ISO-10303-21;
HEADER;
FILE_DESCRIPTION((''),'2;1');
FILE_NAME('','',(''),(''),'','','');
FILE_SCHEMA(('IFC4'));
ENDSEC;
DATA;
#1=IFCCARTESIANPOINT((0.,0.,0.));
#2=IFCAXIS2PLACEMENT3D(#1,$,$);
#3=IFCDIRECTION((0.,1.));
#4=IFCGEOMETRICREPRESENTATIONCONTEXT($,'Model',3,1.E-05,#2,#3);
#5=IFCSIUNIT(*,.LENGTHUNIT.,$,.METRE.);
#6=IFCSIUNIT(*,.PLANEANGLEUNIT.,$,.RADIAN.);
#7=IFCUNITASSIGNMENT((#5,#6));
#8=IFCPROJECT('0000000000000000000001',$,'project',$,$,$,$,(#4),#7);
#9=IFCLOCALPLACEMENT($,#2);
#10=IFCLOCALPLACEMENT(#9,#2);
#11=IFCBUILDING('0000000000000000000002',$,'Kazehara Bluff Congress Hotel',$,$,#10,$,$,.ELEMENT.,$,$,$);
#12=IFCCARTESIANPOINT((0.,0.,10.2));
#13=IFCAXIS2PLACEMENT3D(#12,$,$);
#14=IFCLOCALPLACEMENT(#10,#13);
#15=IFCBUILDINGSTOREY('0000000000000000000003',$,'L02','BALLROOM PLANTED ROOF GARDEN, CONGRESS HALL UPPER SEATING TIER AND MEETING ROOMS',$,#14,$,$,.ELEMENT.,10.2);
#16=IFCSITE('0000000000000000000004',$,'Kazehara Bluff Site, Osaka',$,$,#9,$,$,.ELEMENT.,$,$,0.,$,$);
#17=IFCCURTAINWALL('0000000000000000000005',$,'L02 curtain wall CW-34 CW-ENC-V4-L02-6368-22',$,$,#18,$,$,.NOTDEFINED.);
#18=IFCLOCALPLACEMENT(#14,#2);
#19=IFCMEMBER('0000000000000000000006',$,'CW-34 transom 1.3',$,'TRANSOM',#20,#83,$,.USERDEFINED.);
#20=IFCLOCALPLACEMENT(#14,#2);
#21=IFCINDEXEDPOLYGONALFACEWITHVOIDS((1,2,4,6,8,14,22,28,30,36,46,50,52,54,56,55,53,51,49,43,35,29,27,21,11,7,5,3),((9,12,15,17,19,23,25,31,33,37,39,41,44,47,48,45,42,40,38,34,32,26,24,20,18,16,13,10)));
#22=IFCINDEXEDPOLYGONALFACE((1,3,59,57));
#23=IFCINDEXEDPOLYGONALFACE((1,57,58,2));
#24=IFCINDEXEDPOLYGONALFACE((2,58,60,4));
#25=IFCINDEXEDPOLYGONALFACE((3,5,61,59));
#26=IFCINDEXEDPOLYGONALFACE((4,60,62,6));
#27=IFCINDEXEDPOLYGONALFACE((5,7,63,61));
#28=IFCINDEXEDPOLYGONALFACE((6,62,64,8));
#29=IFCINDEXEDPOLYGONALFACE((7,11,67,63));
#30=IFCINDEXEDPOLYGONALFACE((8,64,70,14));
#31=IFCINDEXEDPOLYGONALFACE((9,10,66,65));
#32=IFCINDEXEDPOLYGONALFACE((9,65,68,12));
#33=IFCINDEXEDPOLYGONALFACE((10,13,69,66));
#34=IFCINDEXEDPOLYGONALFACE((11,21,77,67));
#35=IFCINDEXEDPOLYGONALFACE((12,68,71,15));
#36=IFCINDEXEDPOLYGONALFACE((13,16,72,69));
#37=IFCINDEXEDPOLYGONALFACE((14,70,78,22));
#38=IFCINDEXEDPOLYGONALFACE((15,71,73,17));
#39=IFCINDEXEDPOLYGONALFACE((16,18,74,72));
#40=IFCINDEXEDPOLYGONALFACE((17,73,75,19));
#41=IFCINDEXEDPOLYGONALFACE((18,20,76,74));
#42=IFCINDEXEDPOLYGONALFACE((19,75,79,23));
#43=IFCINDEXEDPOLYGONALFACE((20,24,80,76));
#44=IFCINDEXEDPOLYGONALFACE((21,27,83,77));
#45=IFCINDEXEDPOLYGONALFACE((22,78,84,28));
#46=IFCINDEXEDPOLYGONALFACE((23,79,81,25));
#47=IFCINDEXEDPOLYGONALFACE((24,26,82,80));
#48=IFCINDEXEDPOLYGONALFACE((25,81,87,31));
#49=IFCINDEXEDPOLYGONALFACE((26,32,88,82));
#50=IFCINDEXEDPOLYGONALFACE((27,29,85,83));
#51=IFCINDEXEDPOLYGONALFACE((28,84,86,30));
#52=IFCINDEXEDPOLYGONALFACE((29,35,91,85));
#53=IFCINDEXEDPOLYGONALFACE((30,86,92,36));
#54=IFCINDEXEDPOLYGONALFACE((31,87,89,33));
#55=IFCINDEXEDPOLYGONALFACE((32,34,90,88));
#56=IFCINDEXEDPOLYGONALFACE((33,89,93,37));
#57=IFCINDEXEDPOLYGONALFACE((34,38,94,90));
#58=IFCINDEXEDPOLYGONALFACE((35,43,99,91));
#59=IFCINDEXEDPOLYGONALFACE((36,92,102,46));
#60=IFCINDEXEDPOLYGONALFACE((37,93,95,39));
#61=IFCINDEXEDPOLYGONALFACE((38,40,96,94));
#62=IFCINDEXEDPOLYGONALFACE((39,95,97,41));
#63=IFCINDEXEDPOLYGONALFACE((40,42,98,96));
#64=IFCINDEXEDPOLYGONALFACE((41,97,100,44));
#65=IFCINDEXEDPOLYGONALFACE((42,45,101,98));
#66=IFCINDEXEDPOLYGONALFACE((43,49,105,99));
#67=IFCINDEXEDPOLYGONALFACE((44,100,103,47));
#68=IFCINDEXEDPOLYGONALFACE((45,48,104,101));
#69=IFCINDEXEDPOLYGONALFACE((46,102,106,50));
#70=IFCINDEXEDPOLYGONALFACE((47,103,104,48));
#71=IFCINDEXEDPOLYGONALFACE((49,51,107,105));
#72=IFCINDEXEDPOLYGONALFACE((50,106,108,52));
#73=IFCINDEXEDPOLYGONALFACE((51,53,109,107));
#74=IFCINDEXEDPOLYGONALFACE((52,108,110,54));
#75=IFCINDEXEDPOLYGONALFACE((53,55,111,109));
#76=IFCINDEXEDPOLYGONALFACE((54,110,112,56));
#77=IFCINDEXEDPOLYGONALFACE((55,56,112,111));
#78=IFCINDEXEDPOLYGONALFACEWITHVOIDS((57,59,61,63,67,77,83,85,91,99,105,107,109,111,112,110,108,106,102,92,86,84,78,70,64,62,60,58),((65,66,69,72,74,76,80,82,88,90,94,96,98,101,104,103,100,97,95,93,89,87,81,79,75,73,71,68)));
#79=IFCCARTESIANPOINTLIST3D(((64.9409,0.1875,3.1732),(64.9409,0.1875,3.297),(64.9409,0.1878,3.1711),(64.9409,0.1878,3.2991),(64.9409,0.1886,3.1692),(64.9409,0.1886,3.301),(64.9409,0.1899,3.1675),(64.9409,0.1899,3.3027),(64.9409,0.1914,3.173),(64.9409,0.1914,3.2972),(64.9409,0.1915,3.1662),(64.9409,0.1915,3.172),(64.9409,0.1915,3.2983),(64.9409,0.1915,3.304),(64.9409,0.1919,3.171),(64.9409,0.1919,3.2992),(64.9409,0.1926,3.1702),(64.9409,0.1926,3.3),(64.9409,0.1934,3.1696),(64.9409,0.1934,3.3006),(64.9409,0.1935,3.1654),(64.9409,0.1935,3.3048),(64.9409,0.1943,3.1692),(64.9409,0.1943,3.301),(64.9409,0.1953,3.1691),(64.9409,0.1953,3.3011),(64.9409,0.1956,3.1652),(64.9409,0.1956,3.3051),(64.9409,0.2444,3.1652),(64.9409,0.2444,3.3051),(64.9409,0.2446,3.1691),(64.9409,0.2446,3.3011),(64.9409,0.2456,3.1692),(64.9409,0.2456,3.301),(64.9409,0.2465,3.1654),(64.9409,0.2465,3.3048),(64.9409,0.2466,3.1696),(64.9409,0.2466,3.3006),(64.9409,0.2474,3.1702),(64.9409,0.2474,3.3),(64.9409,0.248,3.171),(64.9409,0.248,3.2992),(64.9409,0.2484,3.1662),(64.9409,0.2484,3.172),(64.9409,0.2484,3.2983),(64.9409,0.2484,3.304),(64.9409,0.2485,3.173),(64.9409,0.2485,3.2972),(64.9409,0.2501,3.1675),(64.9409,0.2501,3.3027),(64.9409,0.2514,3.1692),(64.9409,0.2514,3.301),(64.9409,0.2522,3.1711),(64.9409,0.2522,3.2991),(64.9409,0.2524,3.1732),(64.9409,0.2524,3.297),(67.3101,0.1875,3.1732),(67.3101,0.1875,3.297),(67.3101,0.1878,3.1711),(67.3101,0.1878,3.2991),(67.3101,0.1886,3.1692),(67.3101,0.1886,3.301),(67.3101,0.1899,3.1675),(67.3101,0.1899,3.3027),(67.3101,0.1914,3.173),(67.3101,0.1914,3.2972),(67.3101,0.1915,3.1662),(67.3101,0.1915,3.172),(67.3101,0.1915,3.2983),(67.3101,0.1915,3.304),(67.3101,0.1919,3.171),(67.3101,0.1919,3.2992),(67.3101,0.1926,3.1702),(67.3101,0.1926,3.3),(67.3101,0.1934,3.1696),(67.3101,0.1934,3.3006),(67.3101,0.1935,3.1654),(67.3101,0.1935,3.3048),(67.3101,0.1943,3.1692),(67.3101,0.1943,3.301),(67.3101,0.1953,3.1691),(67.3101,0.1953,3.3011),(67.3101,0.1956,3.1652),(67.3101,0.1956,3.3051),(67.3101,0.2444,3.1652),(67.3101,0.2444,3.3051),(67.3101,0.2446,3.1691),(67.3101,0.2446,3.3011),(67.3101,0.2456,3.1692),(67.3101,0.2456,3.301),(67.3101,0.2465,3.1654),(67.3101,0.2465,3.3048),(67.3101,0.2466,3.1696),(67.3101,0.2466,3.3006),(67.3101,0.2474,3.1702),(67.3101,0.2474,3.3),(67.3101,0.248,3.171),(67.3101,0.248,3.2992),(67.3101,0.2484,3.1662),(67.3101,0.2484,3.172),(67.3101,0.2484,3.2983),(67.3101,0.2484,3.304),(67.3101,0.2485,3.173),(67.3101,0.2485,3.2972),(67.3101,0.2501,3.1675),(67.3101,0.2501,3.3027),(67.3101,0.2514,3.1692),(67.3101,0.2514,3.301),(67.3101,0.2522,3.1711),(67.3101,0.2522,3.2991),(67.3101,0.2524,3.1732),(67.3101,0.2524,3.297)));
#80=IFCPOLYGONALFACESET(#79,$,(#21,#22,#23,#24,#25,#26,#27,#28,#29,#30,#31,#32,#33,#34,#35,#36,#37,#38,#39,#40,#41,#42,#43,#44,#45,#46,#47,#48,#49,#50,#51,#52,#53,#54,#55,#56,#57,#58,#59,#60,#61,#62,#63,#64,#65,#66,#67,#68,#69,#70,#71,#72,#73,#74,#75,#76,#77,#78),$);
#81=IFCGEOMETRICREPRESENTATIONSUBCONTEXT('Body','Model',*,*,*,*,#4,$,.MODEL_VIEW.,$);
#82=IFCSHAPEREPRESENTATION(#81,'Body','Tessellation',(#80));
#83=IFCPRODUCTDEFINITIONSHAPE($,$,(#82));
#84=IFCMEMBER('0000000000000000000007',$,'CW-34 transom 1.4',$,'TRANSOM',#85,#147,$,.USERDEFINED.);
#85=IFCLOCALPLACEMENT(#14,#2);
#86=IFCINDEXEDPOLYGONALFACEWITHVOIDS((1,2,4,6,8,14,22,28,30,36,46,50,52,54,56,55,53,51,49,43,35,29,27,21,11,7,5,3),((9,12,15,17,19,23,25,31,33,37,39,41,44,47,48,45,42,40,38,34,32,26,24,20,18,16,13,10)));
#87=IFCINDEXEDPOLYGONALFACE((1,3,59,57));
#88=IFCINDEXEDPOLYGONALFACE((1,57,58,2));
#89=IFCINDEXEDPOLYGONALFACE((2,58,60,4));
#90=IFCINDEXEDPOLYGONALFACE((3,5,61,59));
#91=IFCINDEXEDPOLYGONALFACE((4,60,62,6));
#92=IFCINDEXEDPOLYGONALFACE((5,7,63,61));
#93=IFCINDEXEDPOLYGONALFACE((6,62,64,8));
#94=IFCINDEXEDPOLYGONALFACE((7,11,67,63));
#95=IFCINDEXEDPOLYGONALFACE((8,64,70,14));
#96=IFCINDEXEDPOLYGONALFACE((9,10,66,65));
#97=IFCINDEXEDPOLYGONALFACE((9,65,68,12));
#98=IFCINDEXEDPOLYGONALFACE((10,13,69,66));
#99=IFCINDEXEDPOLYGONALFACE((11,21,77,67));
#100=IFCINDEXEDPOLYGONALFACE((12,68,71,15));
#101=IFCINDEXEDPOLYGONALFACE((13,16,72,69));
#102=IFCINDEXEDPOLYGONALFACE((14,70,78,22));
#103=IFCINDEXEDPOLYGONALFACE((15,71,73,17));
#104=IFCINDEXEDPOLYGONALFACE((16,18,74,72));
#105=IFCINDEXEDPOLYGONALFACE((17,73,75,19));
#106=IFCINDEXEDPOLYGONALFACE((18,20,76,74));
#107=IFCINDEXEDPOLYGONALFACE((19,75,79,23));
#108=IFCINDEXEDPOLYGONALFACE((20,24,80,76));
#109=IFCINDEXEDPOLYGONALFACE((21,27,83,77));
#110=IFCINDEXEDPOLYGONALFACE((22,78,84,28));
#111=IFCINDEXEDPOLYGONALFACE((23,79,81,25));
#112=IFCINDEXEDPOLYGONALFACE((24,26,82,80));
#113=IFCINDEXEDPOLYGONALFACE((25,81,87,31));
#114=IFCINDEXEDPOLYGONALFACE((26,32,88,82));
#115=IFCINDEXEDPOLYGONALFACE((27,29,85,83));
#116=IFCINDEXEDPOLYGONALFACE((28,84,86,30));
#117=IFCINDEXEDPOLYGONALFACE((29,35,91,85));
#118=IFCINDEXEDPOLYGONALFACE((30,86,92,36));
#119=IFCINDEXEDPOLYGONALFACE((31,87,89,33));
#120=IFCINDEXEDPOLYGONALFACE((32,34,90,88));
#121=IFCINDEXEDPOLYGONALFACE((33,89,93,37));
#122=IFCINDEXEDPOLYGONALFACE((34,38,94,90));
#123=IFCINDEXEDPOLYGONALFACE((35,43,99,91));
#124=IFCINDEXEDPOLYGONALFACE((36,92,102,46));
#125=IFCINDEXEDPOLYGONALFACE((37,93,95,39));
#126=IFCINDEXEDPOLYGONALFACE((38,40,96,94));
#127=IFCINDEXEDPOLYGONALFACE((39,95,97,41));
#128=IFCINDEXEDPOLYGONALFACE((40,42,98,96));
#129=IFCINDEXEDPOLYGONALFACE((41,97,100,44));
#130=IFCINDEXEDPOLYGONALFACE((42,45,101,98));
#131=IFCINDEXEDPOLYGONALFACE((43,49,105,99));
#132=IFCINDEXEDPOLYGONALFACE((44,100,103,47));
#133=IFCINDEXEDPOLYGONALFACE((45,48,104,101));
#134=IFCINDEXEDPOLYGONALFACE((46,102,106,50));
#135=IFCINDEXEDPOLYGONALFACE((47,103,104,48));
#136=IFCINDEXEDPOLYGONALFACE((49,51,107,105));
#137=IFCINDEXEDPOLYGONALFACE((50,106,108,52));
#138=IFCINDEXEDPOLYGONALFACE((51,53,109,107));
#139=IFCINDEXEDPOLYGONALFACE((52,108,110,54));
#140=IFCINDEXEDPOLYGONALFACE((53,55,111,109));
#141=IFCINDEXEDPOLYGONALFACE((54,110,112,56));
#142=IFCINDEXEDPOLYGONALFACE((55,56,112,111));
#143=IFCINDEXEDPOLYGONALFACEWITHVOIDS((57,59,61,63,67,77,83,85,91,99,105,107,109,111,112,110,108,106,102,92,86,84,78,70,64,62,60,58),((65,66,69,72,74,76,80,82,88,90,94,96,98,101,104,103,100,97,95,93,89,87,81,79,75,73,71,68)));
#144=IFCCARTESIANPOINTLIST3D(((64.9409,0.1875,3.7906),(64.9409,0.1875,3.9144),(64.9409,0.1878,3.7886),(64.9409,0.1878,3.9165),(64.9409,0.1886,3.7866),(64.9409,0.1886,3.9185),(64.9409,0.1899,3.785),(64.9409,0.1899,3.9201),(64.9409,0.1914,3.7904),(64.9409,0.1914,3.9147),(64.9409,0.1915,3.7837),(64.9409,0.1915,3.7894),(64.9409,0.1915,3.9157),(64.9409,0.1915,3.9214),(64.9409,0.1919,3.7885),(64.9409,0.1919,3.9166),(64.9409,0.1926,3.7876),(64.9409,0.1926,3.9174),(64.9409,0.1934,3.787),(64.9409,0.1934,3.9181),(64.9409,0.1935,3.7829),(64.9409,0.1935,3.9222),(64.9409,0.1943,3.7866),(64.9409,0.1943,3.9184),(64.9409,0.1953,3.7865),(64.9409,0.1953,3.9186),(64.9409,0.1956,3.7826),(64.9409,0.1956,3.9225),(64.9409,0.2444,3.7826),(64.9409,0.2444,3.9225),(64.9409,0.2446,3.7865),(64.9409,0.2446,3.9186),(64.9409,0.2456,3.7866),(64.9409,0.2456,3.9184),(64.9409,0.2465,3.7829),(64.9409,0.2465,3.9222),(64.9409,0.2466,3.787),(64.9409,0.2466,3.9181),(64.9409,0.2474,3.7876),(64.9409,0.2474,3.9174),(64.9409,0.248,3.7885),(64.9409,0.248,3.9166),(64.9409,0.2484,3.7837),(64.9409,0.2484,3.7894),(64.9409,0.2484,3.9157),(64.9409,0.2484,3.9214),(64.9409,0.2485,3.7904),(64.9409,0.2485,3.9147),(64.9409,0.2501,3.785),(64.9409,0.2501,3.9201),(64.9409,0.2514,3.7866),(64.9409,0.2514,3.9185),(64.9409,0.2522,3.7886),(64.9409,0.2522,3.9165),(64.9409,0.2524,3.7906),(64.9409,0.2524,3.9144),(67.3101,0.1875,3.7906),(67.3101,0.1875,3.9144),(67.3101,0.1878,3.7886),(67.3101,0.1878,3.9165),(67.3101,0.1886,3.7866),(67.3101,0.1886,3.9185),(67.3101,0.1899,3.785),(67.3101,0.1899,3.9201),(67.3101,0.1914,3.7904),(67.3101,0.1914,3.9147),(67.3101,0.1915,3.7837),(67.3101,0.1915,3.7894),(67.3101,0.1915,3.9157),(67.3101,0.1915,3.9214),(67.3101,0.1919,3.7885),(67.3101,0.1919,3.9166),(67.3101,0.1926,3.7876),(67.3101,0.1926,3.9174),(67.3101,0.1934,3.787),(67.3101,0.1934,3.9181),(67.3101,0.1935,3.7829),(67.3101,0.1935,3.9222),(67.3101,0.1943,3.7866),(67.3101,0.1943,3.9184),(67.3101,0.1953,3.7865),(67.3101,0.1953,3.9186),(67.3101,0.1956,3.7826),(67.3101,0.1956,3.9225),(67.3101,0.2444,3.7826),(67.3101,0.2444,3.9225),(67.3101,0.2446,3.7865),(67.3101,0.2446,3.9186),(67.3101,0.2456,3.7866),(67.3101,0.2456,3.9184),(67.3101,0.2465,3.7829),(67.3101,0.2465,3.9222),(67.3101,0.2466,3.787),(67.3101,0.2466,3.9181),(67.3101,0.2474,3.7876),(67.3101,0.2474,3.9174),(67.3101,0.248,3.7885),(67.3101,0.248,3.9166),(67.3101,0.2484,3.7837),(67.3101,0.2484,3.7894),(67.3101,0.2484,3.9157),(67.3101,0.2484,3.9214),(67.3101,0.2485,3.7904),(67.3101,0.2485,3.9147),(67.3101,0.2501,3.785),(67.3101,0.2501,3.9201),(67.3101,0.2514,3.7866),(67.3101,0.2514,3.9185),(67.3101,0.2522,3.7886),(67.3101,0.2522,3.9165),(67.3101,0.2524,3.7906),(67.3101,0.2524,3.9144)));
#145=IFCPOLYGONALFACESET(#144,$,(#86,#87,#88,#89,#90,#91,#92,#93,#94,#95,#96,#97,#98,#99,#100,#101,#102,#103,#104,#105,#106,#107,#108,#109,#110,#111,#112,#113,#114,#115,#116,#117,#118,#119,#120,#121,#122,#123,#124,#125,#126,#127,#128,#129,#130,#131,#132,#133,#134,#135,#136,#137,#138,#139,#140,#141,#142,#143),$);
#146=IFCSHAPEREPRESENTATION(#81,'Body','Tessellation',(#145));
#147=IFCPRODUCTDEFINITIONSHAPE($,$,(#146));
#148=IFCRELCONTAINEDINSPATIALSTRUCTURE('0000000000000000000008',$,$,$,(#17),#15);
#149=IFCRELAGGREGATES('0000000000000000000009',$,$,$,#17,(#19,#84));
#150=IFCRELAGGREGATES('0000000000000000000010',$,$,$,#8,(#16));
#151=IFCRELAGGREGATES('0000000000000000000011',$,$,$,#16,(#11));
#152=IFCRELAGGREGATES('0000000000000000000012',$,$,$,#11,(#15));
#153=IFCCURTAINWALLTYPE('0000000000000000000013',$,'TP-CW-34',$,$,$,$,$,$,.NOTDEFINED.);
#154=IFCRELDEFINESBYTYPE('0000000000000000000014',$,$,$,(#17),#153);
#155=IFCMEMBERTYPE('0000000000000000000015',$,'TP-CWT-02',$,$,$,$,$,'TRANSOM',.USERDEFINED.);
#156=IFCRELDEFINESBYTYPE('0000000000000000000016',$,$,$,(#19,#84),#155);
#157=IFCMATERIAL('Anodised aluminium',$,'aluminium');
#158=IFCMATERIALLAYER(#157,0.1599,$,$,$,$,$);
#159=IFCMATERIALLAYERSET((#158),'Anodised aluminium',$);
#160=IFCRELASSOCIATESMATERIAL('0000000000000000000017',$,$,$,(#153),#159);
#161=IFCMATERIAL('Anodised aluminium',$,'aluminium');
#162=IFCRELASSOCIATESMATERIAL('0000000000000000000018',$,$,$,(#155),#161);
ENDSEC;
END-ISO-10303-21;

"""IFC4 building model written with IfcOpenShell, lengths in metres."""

from ifc_helpers import new_model, si_unit, direction, frame, origin, origin_2d, place, context, subcontext, project, spatial, hollow_rectangle, extrude, material, layer, layer_set, material_profile, profile_set, type_object, element, aggregate, save


model = new_model("IFC4")

# Units and contexts
model_context = context("Model", 3, precision=1e-05, world=origin(), true_north=direction((0.0, 1.0)))
body_context = subcontext(model_context, "Body", "Model", "MODEL_VIEW")
ifc_project = project(units=[si_unit("LENGTHUNIT", "METRE"), si_unit("PLANEANGLEUNIT", "RADIAN")], contexts=[model_context])

# Site, building, storey
site_placement = place(None, origin())
site = spatial("IfcSite", under=ifc_project, at=site_placement, Name="Kazehara Bluff Site, Osaka", CompositionType="ELEMENT", RefElevation=0.0)
building_placement = place(site_placement, origin())
building = spatial("IfcBuilding", under=site, at=building_placement, Name="Kazehara Bluff Congress Hotel", CompositionType="ELEMENT")
storey_placement = place(building_placement, frame((0.0, 0.0, 10.2)))
storey = spatial("IfcBuildingStorey", under=building, at=storey_placement, Name="L02", Description="BALLROOM PLANTED ROOF GARDEN, CONGRESS HALL UPPER SEATING TIER AND MEETING ROOMS", CompositionType="ELEMENT", Elevation=10.2)

# Curtain wall
ifc_material_1 = material(Name="Anodised aluminium", Category="aluminium")
ifc_layer_1 = layer(ifc_material_1, 0.1599)
ifc_layer_set_1 = layer_set([ifc_layer_1], Name="Anodised aluminium")
curtain_wall_type_1 = type_object("IfcCurtainWallType", Name="TP-CW-34", PredefinedType="NOTDEFINED", material=ifc_layer_set_1)
curtain_wall_1_placement = place(storey_placement, origin())
curtain_wall_1 = element("IfcCurtainWall", 1, at=curtain_wall_1_placement, inside=storey, type_object=curtain_wall_type_1, Name="L02 curtain wall CW-34 CW-ENC-V4-L02-6368-22", PredefinedType="NOTDEFINED")

# Members
ifc_material_2 = material(Name="Anodised aluminium", Category="aluminium")
ifc_material_profile_1 = material_profile(ifc_material_2, hollow_rectangle(XDim=0.0649, YDim=0.1399, WallThickness=0.0039, InnerFilletRadius=0.0039, OuterFilletRadius=0.0081, at=origin_2d()))
ifc_profile_set_1 = profile_set([ifc_material_profile_1], Name="Anodised aluminium")
member_type_1 = type_object("IfcMemberType", Name="TP-CWT-02", ElementType="TRANSOM", PredefinedType="USERDEFINED", material=ifc_profile_set_1)
member_1_placement = place(storey_placement, frame((67.3101, 0.22, 3.2351), z_axis=(-1.0, 0.0, 0.0), x_axis=(0.0, -1.0, 0.0)))
member_1 = element("IfcMember", 2, at=member_1_placement, type_object=member_type_1, Name="CW-34 transom 1.3", ObjectType="TRANSOM", PredefinedType="USERDEFINED", context=body_context, shape_type="SweptSolid", body=[
    extrude(hollow_rectangle(XDim=0.0649, YDim=0.1399, WallThickness=0.0039, InnerFilletRadius=0.0039, OuterFilletRadius=0.0081, at=origin_2d()), origin(), (0.0, 0.0, 1.0), 2.3691),
])
member_2_placement = place(storey_placement, frame((67.3101, 0.22, 3.8525), z_axis=(-1.0, 0.0, 0.0), x_axis=(0.0, -1.0, 0.0)))
member_2 = element("IfcMember", 3, at=member_2_placement, type_object=member_type_1, Name="CW-34 transom 1.4", ObjectType="TRANSOM", PredefinedType="USERDEFINED", context=body_context, shape_type="SweptSolid", body=[
    extrude(hollow_rectangle(XDim=0.0649, YDim=0.1399, WallThickness=0.0039, InnerFilletRadius=0.0039, OuterFilletRadius=0.0081, at=origin_2d()), origin(), (0.0, 0.0, 1.0), 2.3691),
])

aggregate(curtain_wall_1, [member_1, member_2])

save(model, "model.ifc")
